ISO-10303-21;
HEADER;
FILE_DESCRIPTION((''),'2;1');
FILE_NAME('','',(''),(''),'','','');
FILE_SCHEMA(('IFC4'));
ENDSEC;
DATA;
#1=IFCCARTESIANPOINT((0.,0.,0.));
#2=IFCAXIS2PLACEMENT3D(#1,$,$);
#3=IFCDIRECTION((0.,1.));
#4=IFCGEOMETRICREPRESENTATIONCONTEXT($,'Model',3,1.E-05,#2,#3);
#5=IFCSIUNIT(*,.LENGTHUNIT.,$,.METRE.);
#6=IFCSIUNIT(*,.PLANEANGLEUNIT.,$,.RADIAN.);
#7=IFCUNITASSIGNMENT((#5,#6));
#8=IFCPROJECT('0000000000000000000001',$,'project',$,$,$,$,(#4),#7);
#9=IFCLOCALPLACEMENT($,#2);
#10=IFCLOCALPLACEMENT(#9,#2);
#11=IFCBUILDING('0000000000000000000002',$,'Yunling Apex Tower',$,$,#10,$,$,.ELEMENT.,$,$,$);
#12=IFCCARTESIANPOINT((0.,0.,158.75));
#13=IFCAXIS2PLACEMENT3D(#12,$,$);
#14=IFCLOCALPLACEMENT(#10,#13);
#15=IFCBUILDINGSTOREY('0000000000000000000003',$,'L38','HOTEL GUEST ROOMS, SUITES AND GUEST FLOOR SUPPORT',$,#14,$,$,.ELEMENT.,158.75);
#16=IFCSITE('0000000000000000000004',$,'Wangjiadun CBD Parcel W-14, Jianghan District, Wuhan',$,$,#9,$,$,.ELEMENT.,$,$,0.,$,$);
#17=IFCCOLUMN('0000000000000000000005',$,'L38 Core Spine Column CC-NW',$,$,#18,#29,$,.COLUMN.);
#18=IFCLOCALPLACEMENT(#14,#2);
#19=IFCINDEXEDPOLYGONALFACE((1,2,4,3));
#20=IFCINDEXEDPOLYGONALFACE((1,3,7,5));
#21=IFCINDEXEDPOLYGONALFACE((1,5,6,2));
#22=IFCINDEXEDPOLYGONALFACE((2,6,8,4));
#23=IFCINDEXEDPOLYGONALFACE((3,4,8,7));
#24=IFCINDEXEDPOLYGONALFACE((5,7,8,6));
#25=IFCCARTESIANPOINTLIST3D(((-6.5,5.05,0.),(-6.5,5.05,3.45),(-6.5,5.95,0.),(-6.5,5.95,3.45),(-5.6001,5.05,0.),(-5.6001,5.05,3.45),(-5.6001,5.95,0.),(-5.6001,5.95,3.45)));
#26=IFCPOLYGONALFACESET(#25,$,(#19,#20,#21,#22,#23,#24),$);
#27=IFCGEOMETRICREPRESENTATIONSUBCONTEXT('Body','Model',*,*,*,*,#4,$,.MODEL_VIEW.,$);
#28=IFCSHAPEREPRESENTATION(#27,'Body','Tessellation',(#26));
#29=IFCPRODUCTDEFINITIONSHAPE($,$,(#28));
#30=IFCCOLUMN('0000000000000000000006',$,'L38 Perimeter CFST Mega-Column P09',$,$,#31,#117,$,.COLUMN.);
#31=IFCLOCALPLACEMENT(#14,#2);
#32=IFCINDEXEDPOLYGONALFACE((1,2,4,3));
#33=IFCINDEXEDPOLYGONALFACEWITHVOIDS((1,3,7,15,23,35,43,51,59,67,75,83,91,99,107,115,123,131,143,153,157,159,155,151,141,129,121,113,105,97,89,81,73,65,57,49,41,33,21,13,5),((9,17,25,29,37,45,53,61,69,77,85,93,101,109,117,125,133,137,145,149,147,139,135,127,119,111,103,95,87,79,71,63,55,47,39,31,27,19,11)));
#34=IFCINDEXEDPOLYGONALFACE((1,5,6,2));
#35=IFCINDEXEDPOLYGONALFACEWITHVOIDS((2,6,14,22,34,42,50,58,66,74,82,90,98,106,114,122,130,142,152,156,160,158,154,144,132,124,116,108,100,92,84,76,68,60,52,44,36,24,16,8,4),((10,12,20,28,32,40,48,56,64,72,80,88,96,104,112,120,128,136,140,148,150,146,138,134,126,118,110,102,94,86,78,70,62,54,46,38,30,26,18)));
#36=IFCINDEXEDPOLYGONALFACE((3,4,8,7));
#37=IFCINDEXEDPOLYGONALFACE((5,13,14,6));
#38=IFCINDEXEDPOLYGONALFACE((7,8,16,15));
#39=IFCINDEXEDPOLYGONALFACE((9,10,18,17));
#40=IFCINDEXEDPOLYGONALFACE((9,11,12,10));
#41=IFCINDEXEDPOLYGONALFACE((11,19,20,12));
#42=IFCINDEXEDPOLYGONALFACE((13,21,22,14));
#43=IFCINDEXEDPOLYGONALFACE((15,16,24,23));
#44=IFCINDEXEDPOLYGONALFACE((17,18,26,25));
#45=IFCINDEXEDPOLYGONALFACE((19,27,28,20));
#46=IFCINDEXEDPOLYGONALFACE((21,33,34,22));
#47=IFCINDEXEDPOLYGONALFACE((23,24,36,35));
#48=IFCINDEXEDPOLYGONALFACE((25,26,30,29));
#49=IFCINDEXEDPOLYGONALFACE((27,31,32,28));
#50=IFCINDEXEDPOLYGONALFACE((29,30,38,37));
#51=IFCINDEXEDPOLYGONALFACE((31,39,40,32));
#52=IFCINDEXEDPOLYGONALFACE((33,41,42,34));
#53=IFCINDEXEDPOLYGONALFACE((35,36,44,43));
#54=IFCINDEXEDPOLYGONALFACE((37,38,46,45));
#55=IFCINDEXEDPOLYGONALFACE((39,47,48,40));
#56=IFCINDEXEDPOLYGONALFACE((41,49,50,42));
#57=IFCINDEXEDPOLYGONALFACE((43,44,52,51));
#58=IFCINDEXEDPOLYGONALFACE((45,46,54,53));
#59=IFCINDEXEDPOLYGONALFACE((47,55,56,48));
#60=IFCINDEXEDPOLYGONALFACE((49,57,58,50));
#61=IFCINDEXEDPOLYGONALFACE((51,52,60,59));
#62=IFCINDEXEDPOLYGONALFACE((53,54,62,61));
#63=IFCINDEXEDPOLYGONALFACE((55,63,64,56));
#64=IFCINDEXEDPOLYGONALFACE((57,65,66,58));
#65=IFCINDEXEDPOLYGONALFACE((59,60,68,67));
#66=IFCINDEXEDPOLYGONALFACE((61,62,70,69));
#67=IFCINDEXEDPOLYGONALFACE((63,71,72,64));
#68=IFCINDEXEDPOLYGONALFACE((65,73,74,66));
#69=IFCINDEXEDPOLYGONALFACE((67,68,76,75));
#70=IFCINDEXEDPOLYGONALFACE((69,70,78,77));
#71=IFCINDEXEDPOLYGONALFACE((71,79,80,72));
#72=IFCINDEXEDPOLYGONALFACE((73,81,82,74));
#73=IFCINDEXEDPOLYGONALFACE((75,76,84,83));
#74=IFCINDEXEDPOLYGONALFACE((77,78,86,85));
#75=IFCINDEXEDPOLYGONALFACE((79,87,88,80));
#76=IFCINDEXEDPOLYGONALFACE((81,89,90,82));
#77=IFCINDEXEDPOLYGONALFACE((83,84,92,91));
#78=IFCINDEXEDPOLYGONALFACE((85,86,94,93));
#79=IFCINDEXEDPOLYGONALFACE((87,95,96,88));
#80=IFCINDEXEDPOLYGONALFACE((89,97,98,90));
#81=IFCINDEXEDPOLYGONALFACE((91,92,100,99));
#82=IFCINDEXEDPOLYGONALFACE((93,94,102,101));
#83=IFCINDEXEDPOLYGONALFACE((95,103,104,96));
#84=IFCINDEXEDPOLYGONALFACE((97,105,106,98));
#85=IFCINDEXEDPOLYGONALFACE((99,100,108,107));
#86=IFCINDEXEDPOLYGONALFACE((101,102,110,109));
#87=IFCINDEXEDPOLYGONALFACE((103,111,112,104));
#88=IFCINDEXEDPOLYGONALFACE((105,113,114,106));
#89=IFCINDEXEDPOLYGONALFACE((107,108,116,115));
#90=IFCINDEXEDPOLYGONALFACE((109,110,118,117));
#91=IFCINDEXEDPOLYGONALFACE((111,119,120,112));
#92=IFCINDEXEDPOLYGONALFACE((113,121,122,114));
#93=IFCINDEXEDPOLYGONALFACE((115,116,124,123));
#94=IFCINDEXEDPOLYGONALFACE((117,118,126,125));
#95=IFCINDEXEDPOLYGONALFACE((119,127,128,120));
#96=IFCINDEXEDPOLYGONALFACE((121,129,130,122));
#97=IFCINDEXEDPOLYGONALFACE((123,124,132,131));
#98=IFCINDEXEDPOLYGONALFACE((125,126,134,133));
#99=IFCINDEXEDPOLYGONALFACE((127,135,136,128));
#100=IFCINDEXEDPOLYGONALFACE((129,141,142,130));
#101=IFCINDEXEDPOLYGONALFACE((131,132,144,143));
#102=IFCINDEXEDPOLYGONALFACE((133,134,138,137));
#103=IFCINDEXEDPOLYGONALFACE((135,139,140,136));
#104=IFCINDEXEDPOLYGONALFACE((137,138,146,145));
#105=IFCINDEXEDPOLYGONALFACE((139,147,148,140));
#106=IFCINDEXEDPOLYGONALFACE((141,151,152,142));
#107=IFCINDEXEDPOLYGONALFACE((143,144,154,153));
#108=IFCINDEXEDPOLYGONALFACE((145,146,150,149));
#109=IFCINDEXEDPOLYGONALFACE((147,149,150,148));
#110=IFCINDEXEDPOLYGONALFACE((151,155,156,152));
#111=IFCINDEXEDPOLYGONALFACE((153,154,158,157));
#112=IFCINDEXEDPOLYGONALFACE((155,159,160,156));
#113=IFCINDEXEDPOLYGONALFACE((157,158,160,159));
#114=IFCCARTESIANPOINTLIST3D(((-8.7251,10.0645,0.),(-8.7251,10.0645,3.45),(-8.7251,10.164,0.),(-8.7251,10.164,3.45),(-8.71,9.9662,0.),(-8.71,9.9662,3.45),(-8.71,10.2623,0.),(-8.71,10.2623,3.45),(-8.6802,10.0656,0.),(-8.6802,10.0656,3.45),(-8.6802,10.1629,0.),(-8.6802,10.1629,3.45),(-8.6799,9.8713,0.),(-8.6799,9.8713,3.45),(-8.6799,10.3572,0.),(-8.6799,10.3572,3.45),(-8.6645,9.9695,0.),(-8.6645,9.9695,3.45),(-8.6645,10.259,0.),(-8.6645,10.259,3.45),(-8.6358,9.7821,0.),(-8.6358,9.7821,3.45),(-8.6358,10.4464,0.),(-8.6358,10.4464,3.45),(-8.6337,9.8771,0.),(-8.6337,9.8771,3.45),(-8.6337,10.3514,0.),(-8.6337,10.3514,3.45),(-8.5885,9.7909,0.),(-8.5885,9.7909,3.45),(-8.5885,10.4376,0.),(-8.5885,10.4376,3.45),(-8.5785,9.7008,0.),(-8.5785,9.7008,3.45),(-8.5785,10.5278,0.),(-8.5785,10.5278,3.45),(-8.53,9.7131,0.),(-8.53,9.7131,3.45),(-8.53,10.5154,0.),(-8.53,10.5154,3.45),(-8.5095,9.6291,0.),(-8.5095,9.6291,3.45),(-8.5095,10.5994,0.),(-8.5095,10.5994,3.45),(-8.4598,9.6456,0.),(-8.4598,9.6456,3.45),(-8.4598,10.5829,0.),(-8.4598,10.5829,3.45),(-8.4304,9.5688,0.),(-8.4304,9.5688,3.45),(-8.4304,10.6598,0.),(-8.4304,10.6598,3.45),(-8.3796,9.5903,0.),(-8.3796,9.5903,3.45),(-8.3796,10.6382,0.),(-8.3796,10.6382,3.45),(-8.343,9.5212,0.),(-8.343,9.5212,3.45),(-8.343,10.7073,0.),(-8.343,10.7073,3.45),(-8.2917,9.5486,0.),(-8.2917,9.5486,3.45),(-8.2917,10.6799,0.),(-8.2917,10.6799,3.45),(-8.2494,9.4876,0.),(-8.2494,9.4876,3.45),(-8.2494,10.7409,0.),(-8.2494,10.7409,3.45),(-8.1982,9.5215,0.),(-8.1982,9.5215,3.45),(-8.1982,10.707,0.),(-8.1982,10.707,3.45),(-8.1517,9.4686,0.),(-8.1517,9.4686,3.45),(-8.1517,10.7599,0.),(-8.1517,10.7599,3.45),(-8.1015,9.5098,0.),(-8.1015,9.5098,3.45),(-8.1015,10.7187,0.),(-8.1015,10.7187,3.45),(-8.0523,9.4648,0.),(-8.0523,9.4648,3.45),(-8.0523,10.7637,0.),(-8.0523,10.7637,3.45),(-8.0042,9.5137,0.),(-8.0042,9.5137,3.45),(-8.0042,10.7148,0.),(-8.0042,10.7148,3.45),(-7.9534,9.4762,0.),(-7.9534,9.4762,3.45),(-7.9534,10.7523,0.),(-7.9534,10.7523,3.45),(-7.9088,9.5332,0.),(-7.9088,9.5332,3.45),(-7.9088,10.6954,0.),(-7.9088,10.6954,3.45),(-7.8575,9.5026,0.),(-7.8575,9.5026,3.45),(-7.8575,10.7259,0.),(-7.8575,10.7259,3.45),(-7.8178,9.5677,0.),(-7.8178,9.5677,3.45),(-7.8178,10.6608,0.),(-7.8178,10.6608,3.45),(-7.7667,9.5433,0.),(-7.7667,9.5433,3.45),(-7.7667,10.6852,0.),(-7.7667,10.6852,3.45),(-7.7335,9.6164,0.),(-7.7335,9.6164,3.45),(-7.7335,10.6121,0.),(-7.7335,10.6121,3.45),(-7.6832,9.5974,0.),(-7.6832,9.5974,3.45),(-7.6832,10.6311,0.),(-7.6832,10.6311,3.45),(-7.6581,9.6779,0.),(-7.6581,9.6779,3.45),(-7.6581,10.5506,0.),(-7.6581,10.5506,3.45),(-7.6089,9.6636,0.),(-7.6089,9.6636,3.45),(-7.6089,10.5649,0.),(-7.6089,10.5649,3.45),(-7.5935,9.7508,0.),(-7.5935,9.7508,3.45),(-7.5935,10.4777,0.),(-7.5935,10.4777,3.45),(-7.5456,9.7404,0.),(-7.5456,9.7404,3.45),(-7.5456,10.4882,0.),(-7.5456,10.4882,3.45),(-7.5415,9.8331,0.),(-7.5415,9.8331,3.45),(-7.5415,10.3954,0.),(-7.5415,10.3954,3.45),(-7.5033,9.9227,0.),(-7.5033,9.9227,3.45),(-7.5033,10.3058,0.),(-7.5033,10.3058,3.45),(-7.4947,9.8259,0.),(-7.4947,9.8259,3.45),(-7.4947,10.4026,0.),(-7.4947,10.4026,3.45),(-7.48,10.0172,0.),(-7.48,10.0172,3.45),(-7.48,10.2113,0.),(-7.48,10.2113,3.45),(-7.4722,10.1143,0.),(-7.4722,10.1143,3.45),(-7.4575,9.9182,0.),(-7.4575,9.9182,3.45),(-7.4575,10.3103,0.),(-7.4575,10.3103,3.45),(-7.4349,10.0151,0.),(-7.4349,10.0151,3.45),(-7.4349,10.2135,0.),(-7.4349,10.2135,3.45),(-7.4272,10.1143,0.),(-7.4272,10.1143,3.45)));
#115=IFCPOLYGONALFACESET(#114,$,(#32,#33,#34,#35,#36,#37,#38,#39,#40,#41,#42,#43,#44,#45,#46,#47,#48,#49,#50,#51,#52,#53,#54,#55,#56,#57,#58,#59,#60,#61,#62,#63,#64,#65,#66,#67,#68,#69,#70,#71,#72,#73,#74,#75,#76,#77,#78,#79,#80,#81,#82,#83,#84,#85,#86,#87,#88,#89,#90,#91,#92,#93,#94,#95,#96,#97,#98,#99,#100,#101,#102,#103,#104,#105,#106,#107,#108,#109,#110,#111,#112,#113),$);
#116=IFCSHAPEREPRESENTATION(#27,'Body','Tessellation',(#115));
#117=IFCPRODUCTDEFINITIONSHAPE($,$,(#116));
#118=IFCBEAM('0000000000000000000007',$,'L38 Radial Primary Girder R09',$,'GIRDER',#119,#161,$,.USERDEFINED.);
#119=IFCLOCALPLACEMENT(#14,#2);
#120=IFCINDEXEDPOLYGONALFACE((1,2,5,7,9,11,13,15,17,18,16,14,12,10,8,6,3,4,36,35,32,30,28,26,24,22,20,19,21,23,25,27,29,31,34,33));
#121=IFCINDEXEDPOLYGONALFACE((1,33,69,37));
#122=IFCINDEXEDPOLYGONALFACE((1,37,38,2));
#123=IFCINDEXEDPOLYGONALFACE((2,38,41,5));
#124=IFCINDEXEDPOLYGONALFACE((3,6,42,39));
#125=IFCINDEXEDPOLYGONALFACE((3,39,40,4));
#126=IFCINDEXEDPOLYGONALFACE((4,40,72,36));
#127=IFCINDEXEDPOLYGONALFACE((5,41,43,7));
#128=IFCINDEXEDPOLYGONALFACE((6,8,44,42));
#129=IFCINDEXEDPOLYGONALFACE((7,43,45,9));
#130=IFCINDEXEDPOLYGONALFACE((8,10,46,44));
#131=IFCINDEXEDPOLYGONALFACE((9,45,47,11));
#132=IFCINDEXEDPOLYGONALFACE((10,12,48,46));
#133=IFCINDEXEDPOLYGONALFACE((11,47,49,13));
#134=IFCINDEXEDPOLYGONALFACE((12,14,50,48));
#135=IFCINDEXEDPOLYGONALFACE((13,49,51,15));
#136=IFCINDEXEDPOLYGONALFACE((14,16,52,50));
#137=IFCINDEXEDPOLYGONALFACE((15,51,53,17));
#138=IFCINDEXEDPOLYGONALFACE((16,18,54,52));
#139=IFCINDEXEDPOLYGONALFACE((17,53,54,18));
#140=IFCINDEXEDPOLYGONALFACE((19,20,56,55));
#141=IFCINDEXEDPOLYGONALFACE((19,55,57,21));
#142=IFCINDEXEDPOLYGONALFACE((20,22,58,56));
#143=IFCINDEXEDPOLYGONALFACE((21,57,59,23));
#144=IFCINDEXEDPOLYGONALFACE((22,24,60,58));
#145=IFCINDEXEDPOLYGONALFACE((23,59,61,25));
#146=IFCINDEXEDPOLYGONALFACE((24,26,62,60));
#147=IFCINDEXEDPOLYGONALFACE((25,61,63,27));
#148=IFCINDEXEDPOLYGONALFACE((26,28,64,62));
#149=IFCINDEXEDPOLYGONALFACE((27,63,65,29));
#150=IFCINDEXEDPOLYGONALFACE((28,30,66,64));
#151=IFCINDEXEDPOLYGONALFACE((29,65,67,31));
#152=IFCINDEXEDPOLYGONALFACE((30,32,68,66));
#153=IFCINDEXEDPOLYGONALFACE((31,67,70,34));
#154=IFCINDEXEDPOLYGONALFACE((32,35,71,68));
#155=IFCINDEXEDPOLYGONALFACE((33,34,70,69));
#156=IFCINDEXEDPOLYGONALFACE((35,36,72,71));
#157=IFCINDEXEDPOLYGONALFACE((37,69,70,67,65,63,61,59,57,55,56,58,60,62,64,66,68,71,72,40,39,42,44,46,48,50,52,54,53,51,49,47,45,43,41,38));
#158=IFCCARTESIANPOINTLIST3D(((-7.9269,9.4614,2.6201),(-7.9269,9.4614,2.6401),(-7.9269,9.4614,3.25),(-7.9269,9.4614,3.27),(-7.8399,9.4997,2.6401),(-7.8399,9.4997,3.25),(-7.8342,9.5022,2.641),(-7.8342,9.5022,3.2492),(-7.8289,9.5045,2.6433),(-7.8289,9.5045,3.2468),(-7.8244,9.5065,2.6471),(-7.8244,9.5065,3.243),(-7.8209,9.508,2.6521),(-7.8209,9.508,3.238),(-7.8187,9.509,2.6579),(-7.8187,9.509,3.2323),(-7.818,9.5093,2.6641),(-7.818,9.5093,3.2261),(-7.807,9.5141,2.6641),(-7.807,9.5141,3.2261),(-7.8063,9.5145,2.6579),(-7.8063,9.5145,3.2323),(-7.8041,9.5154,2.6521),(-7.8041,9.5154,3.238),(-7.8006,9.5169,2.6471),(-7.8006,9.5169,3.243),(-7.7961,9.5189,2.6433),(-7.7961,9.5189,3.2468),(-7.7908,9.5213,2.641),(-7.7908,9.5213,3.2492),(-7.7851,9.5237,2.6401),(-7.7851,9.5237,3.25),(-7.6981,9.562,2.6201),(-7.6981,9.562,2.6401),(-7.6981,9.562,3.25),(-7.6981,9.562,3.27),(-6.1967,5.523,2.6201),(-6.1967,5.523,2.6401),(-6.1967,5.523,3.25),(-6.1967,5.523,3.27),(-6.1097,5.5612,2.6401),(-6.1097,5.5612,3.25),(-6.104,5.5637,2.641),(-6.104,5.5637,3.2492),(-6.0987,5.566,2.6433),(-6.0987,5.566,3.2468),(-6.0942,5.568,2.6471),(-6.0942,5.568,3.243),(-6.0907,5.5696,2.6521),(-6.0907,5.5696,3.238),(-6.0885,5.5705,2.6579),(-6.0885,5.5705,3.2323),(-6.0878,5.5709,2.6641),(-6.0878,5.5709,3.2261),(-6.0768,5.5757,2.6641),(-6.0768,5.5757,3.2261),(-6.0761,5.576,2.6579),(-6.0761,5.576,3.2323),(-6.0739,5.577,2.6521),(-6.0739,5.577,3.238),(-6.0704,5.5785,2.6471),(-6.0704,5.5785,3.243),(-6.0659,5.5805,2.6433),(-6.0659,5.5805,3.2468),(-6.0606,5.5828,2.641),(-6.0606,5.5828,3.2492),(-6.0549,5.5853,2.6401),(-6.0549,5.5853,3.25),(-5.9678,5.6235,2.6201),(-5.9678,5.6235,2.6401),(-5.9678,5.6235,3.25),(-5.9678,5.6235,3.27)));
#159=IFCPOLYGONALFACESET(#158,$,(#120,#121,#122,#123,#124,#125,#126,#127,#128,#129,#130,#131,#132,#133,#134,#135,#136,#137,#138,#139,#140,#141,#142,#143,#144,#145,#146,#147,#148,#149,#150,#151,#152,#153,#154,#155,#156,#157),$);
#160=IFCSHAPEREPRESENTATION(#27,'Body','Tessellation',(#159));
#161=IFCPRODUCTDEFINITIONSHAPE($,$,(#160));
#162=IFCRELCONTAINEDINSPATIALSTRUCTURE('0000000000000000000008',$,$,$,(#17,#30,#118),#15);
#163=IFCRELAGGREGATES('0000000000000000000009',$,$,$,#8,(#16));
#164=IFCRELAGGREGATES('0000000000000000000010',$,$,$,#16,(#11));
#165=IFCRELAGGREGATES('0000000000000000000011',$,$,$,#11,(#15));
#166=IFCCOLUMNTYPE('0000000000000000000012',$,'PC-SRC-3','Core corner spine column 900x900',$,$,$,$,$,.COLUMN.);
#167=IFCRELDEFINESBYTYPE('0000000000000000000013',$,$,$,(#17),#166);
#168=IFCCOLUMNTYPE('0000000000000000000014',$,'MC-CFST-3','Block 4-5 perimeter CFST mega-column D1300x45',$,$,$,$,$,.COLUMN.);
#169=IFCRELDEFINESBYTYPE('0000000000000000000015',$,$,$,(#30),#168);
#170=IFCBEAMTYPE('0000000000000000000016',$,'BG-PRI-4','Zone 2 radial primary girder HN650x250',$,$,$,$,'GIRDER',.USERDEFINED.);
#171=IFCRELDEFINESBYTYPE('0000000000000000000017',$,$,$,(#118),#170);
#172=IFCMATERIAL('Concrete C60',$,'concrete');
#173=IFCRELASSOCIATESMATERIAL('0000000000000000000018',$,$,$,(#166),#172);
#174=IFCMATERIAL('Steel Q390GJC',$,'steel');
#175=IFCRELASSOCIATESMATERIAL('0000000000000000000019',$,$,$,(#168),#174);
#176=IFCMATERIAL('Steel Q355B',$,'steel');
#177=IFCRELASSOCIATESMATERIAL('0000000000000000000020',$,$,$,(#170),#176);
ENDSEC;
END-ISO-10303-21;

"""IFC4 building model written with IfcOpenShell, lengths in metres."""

from ifc_helpers import new_model, si_unit, direction, frame, origin, origin_2d, place, context, subcontext, project, spatial, rectangle, hollow_circle, i_section, extrude, source, transform, mapped, material, material_profile, profile_set, type_object, element, save


model = new_model("IFC4")

# Units and contexts
model_context = context("Model", 3, precision=1e-05, world=origin(), true_north=direction((0.0, 1.0)))
body_context = subcontext(model_context, "Body", "Model", "MODEL_VIEW")
ifc_project = project(units=[si_unit("LENGTHUNIT", "METRE"), si_unit("PLANEANGLEUNIT", "RADIAN")], contexts=[model_context])

# Site, building, storey
site_placement = place(None, origin())
site = spatial("IfcSite", under=ifc_project, at=site_placement, Name="Wangjiadun CBD Parcel W-14, Jianghan District, Wuhan", CompositionType="ELEMENT", RefElevation=0.0)
building_placement = place(site_placement, origin())
building = spatial("IfcBuilding", under=site, at=building_placement, Name="Yunling Apex Tower", CompositionType="ELEMENT")
storey_placement = place(building_placement, frame((0.0, 0.0, 158.75)))
storey = spatial("IfcBuildingStorey", under=building, at=storey_placement, Name="L38", Description="HOTEL GUEST ROOMS, SUITES AND GUEST FLOOR SUPPORT", CompositionType="ELEMENT", Elevation=158.75)

# Columns
ifc_material_1 = material(Name="Concrete C60", Category="concrete")
ifc_material_profile_1 = material_profile(ifc_material_1, rectangle(XDim=0.8999, YDim=0.8999, at=origin_2d()))
ifc_profile_set_1 = profile_set([ifc_material_profile_1], Name="Concrete C60")
column_type_1 = type_object("IfcColumnType", Name="PC-SRC-3", Description="Core corner spine column 900x900", PredefinedType="COLUMN", material=ifc_profile_set_1)
shared_shape_1 = source(origin(), body_context, "Body", "SweptSolid", [
    extrude(rectangle(XDim=0.8999, YDim=0.8999, at=origin_2d()), origin(), (0.0, 0.0, 1.0), 3.45),
])
column_1_placement = place(storey_placement, frame((-6.05, 5.5, 0.0), z_axis=(0.0, 0.0, 1.0), x_axis=(1.0, 0.0, 0.0)))
element("IfcColumn", 1, at=column_1_placement, inside=storey, type_object=column_type_1, Name="L38 Core Spine Column CC-NW", PredefinedType="COLUMN", context=body_context, shape_type="MappedRepresentation", body=[
    mapped(shared_shape_1, transform((0.0, 0.0, 0.0), scale=1.0)),
])
ifc_material_2 = material(Name="Steel Q390GJC", Category="steel")
ifc_material_profile_2 = material_profile(ifc_material_2, hollow_circle(Radius=0.6499, WallThickness=0.0449, at=origin_2d()))
ifc_profile_set_2 = profile_set([ifc_material_profile_2], Name="Steel Q390GJC")
column_type_2 = type_object("IfcColumnType", Name="MC-CFST-3", Description="Block 4-5 perimeter CFST mega-column D1300x45", PredefinedType="COLUMN", material=ifc_profile_set_2)
shared_shape_2 = source(origin(), body_context, "Body", "SweptSolid", [
    extrude(hollow_circle(Radius=0.6499, WallThickness=0.0449, at=origin_2d()), origin(), (0.0, 0.0, 1.0), 3.45),
])
column_2_placement = place(storey_placement, frame((-8.0771, 10.1143, 0.0), z_axis=(0.0, 0.0, 1.0), x_axis=(1.0, 0.0, 0.0)))
element("IfcColumn", 2, at=column_2_placement, inside=storey, type_object=column_type_2, Name="L38 Perimeter CFST Mega-Column P09", PredefinedType="COLUMN", context=body_context, shape_type="MappedRepresentation", body=[
    mapped(shared_shape_2, transform((0.0, 0.0, 0.0), scale=1.0)),
])

# Beam
ifc_material_3 = material(Name="Steel Q355B", Category="steel")
ifc_material_profile_3 = material_profile(ifc_material_3, i_section(OverallWidth=0.25, OverallDepth=0.6499, WebThickness=0.012, FlangeThickness=0.02, FilletRadius=0.0239, at=origin_2d()))
ifc_profile_set_3 = profile_set([ifc_material_profile_3], Name="Steel Q355B")
beam_type_1 = type_object("IfcBeamType", Name="BG-PRI-4", Description="Zone 2 radial primary girder HN650x250", ElementType="GIRDER", PredefinedType="USERDEFINED", material=ifc_profile_set_3)
shared_shape_3 = source(origin(), body_context, "Body", "SweptSolid", [
    extrude(i_section(OverallWidth=0.25, OverallDepth=0.6499, WebThickness=0.012, FlangeThickness=0.02, FilletRadius=0.0239, at=origin_2d()), origin(), (0.0, 0.0, 1.0), 4.3018),
])
beam_1_placement = place(storey_placement, frame((-7.8125, 9.5117, 2.9451), z_axis=(0.402212, -0.915547, 0.0), x_axis=(0.915547, 0.402212, 0.0)))
element("IfcBeam", 3, at=beam_1_placement, inside=storey, type_object=beam_type_1, Name="L38 Radial Primary Girder R09", ObjectType="GIRDER", PredefinedType="USERDEFINED", context=body_context, shape_type="MappedRepresentation", body=[
    mapped(shared_shape_3, transform((0.0, 0.0, 0.0), scale=1.0)),
])

save(model, "model.ifc")
